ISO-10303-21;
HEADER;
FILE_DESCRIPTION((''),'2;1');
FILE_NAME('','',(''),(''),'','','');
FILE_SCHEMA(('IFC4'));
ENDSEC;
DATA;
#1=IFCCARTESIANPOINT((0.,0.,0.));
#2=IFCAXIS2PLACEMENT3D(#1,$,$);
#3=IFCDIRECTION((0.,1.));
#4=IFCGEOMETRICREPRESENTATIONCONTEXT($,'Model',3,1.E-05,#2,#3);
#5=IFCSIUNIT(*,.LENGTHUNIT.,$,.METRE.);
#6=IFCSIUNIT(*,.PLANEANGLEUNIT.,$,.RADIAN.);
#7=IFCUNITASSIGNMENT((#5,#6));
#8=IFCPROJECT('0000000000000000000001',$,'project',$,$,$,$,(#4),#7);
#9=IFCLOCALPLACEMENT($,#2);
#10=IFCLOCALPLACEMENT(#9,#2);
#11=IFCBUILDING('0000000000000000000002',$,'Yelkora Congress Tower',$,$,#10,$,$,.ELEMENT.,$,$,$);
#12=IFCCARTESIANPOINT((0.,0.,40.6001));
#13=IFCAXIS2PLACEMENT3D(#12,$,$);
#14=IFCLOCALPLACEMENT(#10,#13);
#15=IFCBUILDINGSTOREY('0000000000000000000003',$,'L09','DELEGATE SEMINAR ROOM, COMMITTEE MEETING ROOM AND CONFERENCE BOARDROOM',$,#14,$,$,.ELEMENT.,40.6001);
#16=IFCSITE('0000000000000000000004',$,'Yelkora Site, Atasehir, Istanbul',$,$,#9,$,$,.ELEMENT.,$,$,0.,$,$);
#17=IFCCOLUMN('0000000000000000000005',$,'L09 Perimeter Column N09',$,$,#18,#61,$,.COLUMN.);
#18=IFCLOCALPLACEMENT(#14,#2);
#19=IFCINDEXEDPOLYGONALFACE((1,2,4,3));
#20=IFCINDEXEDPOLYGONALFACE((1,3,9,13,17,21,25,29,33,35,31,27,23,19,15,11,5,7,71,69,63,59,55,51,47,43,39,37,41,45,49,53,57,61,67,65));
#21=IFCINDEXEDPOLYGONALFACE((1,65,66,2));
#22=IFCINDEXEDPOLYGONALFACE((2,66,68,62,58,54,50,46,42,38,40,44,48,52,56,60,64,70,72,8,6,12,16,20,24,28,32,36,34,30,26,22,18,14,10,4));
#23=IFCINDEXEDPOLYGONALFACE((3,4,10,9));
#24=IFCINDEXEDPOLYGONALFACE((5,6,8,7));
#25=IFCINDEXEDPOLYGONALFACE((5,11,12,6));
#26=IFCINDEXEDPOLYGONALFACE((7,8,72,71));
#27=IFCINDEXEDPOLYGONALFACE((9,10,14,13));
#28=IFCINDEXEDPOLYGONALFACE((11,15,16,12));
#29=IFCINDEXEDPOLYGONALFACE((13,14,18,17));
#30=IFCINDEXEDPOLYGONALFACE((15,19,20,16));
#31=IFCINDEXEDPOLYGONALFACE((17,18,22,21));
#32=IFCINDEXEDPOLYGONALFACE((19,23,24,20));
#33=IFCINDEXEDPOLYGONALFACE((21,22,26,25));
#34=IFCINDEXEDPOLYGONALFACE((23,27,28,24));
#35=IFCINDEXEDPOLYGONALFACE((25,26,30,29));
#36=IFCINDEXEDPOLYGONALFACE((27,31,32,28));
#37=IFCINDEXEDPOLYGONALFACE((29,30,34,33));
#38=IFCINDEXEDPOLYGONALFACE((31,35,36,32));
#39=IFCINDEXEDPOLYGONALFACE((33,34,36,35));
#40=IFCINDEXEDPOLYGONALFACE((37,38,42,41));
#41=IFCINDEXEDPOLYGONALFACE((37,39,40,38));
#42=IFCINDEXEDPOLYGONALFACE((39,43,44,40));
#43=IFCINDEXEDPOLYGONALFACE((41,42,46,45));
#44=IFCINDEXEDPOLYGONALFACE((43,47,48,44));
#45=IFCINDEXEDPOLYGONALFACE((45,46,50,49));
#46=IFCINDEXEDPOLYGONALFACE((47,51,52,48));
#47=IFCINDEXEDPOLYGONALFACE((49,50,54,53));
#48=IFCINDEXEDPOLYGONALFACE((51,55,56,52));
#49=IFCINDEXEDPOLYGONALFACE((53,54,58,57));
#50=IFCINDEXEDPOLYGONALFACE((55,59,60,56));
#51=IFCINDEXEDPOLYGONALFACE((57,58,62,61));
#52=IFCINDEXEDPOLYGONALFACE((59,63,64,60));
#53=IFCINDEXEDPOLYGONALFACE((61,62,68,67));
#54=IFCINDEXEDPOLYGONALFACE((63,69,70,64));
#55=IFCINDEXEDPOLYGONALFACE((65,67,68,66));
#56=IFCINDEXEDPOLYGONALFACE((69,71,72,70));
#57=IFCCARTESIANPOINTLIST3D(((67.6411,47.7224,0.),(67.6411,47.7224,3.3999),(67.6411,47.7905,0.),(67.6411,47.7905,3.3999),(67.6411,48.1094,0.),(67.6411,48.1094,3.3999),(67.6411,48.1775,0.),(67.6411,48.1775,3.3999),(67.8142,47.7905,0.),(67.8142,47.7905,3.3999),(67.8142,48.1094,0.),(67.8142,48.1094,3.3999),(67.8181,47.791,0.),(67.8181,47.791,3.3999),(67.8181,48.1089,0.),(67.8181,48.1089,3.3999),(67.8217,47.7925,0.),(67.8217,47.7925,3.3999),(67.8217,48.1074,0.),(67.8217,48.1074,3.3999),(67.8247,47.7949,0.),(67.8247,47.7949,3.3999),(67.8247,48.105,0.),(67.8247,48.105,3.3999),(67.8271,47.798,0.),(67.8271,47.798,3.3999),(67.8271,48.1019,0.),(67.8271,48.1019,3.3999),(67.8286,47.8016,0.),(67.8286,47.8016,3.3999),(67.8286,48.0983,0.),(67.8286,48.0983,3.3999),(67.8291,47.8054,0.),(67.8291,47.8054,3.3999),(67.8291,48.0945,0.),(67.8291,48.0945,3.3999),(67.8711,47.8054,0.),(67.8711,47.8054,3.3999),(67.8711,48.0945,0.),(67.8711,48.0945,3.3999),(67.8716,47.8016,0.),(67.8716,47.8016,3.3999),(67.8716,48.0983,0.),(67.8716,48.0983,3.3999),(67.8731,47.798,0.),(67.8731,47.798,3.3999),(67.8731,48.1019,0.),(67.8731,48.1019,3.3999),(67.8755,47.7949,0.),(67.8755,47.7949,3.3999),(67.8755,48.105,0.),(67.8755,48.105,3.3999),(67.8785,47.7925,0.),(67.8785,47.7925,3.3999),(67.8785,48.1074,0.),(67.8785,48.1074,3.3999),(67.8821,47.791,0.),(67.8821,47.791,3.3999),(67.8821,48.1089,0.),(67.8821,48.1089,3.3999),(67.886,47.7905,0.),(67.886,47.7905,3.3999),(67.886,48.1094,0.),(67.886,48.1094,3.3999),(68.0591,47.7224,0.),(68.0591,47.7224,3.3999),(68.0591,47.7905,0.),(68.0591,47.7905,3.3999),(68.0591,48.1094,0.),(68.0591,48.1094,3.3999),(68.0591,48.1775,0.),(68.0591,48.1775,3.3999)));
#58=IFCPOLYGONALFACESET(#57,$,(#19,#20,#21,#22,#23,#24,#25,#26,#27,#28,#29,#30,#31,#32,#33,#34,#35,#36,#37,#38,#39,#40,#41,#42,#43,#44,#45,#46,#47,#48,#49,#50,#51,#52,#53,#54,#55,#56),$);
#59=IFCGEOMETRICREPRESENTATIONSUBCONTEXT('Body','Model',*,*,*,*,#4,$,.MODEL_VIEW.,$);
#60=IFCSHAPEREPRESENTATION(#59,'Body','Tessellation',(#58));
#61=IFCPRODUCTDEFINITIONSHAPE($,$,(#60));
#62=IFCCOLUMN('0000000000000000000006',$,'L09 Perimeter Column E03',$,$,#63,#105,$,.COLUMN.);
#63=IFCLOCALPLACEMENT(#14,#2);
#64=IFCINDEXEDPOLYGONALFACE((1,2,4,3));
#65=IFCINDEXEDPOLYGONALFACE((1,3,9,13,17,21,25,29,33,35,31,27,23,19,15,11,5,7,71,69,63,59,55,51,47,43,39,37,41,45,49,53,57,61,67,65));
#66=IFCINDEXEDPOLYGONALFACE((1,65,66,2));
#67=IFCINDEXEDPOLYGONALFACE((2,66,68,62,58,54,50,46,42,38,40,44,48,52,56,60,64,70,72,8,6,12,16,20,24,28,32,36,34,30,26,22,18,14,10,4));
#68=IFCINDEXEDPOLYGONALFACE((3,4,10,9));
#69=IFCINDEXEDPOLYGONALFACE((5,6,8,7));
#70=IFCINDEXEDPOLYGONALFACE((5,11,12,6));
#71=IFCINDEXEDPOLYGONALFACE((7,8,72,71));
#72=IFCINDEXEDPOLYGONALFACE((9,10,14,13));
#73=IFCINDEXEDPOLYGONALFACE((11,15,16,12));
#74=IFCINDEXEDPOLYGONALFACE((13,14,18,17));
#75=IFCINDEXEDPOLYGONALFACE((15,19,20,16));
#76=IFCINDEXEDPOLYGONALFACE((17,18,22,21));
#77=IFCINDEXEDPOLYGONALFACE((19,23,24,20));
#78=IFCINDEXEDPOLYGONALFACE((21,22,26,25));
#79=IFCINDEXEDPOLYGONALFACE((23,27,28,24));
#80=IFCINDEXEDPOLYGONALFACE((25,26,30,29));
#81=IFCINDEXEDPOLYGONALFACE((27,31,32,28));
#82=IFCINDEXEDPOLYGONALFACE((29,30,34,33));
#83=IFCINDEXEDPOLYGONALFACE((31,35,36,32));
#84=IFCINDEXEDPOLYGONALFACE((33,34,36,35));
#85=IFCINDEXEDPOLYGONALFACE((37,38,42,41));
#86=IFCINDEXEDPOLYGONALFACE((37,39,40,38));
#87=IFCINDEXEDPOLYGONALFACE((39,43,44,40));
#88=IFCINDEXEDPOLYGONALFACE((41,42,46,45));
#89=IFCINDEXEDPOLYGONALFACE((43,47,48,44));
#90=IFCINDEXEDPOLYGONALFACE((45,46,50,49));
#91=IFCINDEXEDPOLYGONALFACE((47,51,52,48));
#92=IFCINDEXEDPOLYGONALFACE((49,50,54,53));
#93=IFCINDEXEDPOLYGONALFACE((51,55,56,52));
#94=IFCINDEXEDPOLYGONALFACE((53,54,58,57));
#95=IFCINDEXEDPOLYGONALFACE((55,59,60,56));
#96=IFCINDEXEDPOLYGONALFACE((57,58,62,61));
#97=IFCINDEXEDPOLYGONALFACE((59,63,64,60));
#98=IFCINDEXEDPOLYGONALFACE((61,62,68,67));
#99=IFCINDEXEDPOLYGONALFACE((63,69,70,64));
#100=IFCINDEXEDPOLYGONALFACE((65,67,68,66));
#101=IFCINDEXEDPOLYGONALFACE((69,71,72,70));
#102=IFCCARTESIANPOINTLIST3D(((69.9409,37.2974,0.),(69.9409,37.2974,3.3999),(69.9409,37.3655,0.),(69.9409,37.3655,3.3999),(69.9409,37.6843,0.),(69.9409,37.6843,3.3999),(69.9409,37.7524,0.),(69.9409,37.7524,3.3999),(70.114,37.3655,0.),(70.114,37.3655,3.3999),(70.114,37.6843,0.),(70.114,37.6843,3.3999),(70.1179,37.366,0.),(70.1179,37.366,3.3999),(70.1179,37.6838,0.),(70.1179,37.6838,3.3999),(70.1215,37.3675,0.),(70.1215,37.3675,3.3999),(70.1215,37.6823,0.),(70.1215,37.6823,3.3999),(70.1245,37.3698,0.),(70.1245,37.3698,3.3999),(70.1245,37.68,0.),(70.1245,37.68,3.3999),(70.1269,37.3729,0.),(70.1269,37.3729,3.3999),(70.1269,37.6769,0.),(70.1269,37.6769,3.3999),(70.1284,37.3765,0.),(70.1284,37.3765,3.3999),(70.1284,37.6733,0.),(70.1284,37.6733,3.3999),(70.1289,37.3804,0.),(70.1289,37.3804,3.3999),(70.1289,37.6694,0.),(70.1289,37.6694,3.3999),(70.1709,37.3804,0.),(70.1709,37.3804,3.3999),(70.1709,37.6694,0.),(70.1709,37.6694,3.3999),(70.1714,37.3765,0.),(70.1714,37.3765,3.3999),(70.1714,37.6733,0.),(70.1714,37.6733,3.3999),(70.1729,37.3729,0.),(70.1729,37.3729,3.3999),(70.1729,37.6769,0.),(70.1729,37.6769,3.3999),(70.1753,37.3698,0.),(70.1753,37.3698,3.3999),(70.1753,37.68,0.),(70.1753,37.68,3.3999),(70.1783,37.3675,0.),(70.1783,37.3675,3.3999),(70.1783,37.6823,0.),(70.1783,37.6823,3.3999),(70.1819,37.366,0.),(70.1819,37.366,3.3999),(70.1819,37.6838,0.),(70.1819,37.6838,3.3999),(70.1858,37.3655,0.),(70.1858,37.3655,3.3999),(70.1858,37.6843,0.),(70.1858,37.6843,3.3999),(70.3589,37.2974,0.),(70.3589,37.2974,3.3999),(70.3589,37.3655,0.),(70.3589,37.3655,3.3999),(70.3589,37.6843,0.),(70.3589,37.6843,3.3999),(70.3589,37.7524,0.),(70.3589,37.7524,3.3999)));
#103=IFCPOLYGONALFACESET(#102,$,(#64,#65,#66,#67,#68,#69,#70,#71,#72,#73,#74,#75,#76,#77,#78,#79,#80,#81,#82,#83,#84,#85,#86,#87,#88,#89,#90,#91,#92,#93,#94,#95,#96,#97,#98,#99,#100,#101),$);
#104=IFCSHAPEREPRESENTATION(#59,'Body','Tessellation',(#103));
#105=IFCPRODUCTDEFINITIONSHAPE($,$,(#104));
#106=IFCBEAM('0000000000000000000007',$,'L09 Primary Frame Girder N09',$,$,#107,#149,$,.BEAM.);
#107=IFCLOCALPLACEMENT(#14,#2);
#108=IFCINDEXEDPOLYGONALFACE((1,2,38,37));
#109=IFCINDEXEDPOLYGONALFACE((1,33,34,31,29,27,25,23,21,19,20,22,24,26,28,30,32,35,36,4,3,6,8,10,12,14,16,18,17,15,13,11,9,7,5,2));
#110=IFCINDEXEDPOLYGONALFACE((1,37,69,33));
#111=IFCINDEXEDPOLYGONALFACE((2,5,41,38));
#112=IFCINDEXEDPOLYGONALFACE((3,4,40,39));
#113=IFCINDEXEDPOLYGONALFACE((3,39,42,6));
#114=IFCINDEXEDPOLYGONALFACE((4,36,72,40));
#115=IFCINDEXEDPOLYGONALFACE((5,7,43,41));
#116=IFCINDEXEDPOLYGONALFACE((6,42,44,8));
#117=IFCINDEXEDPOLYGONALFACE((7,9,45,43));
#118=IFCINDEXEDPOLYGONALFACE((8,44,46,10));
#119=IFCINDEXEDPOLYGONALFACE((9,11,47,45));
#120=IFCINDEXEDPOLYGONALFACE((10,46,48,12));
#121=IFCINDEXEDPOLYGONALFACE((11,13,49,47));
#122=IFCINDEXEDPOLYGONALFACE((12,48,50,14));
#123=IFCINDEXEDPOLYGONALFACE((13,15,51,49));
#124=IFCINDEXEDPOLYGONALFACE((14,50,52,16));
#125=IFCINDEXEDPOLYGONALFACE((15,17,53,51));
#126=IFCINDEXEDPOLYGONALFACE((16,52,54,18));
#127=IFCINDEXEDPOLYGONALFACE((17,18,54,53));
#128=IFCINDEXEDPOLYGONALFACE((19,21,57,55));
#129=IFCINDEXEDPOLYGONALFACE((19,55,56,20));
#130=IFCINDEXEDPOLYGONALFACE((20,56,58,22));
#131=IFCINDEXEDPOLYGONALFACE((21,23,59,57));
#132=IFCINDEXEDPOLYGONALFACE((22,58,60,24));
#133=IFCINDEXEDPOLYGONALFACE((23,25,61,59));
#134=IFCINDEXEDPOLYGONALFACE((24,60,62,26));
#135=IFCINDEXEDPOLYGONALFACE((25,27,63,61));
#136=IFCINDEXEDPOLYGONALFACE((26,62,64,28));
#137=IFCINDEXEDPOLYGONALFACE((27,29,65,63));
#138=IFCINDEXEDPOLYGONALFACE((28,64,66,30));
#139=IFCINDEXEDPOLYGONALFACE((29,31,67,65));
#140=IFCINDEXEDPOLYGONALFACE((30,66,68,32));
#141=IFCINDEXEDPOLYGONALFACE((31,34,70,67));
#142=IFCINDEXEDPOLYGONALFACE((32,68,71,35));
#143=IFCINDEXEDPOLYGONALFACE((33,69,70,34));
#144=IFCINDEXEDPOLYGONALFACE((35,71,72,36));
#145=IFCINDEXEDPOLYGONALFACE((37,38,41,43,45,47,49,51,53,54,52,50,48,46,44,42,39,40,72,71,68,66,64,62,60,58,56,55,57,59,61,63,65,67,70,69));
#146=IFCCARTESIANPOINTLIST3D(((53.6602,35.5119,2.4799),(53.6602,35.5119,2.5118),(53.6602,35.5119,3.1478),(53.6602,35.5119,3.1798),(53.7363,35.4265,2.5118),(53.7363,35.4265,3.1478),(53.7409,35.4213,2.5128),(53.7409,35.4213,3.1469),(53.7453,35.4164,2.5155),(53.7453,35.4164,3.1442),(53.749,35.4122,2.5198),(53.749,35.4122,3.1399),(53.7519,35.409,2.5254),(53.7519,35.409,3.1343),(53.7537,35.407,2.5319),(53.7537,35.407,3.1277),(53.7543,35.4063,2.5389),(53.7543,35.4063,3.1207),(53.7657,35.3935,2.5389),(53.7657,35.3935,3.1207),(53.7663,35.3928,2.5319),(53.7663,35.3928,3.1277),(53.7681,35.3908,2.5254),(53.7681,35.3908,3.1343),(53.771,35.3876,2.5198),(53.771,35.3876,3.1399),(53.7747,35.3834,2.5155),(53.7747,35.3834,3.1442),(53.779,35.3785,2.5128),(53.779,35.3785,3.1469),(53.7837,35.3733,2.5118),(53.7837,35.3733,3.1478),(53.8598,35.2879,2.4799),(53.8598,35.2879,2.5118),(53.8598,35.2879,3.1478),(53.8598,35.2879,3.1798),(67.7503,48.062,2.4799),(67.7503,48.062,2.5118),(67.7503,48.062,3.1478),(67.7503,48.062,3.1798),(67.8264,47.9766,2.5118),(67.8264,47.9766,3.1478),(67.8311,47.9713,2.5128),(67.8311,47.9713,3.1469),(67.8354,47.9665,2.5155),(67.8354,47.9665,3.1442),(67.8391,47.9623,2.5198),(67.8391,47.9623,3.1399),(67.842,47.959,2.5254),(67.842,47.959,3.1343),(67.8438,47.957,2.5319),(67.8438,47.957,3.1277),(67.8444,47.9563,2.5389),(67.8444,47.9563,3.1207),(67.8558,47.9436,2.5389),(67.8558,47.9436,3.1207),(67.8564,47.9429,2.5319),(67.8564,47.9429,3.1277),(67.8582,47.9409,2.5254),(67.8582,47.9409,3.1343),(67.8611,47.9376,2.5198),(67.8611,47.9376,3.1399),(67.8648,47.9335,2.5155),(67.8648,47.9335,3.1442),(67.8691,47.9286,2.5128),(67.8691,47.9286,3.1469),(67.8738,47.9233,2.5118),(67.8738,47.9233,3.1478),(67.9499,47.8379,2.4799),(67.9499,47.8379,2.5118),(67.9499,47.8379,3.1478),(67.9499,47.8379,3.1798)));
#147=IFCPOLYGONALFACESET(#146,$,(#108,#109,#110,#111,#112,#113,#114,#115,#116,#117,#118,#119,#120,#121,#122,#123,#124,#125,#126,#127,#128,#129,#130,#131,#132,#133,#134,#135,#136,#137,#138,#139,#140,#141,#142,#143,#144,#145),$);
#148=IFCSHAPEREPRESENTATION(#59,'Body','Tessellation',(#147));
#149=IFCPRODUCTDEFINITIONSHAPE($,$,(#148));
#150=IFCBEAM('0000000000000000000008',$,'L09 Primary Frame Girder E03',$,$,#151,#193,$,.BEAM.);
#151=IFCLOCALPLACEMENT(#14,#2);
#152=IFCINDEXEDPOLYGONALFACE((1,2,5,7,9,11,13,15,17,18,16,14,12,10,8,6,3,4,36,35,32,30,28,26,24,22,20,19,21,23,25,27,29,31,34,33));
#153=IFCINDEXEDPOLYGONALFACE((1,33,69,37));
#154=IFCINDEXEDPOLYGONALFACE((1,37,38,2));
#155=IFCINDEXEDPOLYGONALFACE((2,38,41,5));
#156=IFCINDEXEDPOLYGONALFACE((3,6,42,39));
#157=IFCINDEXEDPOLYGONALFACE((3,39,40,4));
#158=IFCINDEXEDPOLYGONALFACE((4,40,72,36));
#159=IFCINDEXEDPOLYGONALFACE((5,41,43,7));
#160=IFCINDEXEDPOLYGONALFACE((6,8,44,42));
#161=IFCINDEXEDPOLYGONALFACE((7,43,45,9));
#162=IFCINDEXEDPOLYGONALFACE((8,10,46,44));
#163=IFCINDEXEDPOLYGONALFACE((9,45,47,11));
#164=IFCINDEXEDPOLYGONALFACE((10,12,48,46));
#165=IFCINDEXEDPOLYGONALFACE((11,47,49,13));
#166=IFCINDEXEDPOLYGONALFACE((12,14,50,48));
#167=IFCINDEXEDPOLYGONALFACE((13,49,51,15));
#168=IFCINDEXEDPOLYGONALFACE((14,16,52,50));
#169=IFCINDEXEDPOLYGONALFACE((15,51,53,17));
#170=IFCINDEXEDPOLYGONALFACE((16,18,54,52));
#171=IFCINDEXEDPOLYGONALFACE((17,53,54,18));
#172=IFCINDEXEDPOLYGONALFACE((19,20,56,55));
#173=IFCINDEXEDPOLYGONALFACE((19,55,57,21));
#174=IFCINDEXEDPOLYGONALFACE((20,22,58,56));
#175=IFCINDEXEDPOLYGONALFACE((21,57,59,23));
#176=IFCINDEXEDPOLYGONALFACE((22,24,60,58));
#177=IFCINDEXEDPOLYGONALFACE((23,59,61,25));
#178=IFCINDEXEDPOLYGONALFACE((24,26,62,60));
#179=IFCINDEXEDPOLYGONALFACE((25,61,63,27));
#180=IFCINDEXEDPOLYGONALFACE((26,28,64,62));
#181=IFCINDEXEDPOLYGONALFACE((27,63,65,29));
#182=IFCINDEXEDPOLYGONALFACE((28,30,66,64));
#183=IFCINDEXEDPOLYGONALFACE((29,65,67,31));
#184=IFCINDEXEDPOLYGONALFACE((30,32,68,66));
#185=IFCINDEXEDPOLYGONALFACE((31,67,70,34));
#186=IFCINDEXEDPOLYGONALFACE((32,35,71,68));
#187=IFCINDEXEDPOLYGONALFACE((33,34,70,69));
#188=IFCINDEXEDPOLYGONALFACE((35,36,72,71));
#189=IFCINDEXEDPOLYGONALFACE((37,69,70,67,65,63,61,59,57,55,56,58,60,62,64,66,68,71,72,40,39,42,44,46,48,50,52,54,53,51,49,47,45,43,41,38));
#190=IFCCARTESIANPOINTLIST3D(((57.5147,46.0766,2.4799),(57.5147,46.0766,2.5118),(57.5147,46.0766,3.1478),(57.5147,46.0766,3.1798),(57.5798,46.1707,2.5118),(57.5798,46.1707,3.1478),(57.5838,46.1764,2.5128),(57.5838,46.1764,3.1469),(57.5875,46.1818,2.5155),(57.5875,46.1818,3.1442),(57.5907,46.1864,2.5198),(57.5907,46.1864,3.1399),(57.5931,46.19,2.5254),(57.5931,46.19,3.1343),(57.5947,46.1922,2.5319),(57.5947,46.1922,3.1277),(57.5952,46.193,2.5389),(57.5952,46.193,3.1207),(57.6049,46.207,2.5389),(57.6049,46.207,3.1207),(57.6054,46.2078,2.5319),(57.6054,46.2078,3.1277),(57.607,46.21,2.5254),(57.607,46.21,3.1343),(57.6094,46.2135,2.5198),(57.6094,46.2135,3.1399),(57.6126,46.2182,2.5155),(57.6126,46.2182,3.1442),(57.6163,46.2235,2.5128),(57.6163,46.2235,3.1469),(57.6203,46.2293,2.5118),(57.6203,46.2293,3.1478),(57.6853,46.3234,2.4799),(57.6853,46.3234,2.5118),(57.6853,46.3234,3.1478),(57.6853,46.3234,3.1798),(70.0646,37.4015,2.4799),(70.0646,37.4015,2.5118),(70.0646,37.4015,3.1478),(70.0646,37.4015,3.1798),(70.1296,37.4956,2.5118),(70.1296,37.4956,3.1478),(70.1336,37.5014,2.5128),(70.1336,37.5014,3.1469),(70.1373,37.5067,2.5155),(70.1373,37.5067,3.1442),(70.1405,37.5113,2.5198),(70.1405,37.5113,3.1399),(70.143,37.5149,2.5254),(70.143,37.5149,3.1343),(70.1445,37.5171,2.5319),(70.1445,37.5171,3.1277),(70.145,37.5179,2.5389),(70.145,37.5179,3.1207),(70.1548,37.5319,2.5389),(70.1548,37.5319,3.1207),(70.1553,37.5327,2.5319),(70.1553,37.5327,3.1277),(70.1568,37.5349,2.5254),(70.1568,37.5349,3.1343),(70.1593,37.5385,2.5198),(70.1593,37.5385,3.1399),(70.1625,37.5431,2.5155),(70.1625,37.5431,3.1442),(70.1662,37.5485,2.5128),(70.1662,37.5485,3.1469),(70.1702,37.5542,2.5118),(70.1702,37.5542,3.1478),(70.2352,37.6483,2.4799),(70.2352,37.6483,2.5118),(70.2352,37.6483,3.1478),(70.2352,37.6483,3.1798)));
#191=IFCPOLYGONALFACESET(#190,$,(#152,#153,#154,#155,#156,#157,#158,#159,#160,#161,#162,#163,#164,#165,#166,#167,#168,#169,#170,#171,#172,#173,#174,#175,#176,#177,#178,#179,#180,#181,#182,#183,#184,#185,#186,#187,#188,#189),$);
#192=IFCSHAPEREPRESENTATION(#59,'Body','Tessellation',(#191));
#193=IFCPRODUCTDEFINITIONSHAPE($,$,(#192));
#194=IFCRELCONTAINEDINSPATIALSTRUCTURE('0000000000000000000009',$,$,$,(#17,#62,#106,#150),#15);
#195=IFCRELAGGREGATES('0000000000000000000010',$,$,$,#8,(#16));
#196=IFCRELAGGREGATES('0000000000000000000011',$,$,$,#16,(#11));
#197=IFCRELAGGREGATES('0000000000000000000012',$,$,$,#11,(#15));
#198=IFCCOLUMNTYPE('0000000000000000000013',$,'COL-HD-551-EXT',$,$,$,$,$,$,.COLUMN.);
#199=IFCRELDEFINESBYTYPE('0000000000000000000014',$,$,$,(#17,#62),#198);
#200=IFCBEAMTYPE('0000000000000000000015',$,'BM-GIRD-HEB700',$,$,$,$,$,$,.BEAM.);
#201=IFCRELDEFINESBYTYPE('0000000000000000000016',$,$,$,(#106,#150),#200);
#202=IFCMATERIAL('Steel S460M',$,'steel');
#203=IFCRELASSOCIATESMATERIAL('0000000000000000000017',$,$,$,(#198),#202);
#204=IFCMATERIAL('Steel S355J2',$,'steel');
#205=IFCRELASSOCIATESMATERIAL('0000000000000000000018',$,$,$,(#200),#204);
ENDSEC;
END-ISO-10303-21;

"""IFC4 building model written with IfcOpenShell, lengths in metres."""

from ifc_helpers import new_model, si_unit, direction, frame, origin, origin_2d, place, context, subcontext, project, spatial, i_section, extrude, material, material_profile, profile_set, type_object, element, save


model = new_model("IFC4")

# Units and contexts
model_context = context("Model", 3, precision=1e-05, world=origin(), true_north=direction((0.0, 1.0)))
body_context = subcontext(model_context, "Body", "Model", "MODEL_VIEW")
ifc_project = project(units=[si_unit("LENGTHUNIT", "METRE"), si_unit("PLANEANGLEUNIT", "RADIAN")], contexts=[model_context])

# Site, building, storey
site_placement = place(None, origin())
site = spatial("IfcSite", under=ifc_project, at=site_placement, Name="Yelkora Site, Atasehir, Istanbul", CompositionType="ELEMENT", RefElevation=0.0)
building_placement = place(site_placement, origin())
building = spatial("IfcBuilding", under=site, at=building_placement, Name="Yelkora Congress Tower", CompositionType="ELEMENT")
storey_placement = place(building_placement, frame((0.0, 0.0, 40.6001)))
storey = spatial("IfcBuildingStorey", under=building, at=storey_placement, Name="L09", Description="DELEGATE SEMINAR ROOM, COMMITTEE MEETING ROOM AND CONFERENCE BOARDROOM", CompositionType="ELEMENT", Elevation=40.6001)

# Columns
ifc_material_1 = material(Name="Steel S460M", Category="steel")
ifc_material_profile_1 = material_profile(ifc_material_1, i_section(OverallWidth=0.418, OverallDepth=0.4551, WebThickness=0.042, FlangeThickness=0.0681, FilletRadius=0.0149, at=origin_2d()), Name="HD 400x551")
ifc_profile_set_1 = profile_set([ifc_material_profile_1], Name="Steel S460M")
column_type = type_object("IfcColumnType", Name="COL-HD-551-EXT", PredefinedType="COLUMN", material=ifc_profile_set_1)
for number, where, z_axis, x_axis, name in (
    (1, (67.8501, 47.95, 0.0), (0.0, 0.0, 1.0), (1.0, 0.0, 0.0), "L09 Perimeter Column N09"),
    (2, (70.1499, 37.5249, 0.0), (0.0, 0.0, 1.0), (1.0, 0.0, 0.0), "L09 Perimeter Column E03"),
):
    element("IfcColumn", number, at=place(storey_placement, frame(where, z_axis=z_axis, x_axis=x_axis)), inside=storey, type_object=column_type, Name=name, PredefinedType="COLUMN", context=body_context, shape_type="SweptSolid", body=[
        extrude(i_section(OverallWidth=0.418, OverallDepth=0.4551, WebThickness=0.042, FlangeThickness=0.0681, FilletRadius=0.0149, at=origin_2d()), origin(), (0.0, 0.0, 1.0), 3.3999),
    ])

# Beams
ifc_material_2 = material(Name="Steel S355J2", Category="steel")
ifc_material_profile_2 = material_profile(ifc_material_2, i_section(OverallWidth=0.3, OverallDepth=0.7, WebThickness=0.0171, FlangeThickness=0.032, FilletRadius=0.0271, at=origin_2d()), Name="HEB 700")
ifc_profile_set_2 = profile_set([ifc_material_profile_2], Name="Steel S355J2")
beam_type_1 = type_object("IfcBeamType", Name="BM-GIRD-HEB700", PredefinedType="BEAM", material=ifc_profile_set_2)
beam_1_placement = place(storey_placement, frame((67.8501, 47.95, 2.8298), z_axis=(-0.746737, -0.665119, 0.0), x_axis=(0.665119, -0.746737, 0.0)))
element("IfcBeam", 3, at=beam_1_placement, inside=storey, type_object=beam_type_1, Name="L09 Primary Frame Girder N09", PredefinedType="BEAM", context=body_context, shape_type="SweptSolid", body=[
    extrude(i_section(OverallWidth=0.3, OverallDepth=0.7, WebThickness=0.0171, FlangeThickness=0.032, FilletRadius=0.0271, at=origin_2d()), origin(), (0.0, 0.0, 1.0), 18.8689),
])
beam_2_placement = place(storey_placement, frame((70.1499, 37.5249, 2.8298), z_axis=(-0.822599, 0.568622, 0.0), x_axis=(-0.568622, -0.822599, 0.0)))
element("IfcBeam", 4, at=beam_2_placement, inside=storey, type_object=beam_type_1, Name="L09 Primary Frame Girder E03", PredefinedType="BEAM", context=body_context, shape_type="SweptSolid", body=[
    extrude(i_section(OverallWidth=0.3, OverallDepth=0.7, WebThickness=0.0171, FlangeThickness=0.032, FilletRadius=0.0271, at=origin_2d()), origin(), (0.0, 0.0, 1.0), 15.2563),
])

save(model, "model.ifc")
